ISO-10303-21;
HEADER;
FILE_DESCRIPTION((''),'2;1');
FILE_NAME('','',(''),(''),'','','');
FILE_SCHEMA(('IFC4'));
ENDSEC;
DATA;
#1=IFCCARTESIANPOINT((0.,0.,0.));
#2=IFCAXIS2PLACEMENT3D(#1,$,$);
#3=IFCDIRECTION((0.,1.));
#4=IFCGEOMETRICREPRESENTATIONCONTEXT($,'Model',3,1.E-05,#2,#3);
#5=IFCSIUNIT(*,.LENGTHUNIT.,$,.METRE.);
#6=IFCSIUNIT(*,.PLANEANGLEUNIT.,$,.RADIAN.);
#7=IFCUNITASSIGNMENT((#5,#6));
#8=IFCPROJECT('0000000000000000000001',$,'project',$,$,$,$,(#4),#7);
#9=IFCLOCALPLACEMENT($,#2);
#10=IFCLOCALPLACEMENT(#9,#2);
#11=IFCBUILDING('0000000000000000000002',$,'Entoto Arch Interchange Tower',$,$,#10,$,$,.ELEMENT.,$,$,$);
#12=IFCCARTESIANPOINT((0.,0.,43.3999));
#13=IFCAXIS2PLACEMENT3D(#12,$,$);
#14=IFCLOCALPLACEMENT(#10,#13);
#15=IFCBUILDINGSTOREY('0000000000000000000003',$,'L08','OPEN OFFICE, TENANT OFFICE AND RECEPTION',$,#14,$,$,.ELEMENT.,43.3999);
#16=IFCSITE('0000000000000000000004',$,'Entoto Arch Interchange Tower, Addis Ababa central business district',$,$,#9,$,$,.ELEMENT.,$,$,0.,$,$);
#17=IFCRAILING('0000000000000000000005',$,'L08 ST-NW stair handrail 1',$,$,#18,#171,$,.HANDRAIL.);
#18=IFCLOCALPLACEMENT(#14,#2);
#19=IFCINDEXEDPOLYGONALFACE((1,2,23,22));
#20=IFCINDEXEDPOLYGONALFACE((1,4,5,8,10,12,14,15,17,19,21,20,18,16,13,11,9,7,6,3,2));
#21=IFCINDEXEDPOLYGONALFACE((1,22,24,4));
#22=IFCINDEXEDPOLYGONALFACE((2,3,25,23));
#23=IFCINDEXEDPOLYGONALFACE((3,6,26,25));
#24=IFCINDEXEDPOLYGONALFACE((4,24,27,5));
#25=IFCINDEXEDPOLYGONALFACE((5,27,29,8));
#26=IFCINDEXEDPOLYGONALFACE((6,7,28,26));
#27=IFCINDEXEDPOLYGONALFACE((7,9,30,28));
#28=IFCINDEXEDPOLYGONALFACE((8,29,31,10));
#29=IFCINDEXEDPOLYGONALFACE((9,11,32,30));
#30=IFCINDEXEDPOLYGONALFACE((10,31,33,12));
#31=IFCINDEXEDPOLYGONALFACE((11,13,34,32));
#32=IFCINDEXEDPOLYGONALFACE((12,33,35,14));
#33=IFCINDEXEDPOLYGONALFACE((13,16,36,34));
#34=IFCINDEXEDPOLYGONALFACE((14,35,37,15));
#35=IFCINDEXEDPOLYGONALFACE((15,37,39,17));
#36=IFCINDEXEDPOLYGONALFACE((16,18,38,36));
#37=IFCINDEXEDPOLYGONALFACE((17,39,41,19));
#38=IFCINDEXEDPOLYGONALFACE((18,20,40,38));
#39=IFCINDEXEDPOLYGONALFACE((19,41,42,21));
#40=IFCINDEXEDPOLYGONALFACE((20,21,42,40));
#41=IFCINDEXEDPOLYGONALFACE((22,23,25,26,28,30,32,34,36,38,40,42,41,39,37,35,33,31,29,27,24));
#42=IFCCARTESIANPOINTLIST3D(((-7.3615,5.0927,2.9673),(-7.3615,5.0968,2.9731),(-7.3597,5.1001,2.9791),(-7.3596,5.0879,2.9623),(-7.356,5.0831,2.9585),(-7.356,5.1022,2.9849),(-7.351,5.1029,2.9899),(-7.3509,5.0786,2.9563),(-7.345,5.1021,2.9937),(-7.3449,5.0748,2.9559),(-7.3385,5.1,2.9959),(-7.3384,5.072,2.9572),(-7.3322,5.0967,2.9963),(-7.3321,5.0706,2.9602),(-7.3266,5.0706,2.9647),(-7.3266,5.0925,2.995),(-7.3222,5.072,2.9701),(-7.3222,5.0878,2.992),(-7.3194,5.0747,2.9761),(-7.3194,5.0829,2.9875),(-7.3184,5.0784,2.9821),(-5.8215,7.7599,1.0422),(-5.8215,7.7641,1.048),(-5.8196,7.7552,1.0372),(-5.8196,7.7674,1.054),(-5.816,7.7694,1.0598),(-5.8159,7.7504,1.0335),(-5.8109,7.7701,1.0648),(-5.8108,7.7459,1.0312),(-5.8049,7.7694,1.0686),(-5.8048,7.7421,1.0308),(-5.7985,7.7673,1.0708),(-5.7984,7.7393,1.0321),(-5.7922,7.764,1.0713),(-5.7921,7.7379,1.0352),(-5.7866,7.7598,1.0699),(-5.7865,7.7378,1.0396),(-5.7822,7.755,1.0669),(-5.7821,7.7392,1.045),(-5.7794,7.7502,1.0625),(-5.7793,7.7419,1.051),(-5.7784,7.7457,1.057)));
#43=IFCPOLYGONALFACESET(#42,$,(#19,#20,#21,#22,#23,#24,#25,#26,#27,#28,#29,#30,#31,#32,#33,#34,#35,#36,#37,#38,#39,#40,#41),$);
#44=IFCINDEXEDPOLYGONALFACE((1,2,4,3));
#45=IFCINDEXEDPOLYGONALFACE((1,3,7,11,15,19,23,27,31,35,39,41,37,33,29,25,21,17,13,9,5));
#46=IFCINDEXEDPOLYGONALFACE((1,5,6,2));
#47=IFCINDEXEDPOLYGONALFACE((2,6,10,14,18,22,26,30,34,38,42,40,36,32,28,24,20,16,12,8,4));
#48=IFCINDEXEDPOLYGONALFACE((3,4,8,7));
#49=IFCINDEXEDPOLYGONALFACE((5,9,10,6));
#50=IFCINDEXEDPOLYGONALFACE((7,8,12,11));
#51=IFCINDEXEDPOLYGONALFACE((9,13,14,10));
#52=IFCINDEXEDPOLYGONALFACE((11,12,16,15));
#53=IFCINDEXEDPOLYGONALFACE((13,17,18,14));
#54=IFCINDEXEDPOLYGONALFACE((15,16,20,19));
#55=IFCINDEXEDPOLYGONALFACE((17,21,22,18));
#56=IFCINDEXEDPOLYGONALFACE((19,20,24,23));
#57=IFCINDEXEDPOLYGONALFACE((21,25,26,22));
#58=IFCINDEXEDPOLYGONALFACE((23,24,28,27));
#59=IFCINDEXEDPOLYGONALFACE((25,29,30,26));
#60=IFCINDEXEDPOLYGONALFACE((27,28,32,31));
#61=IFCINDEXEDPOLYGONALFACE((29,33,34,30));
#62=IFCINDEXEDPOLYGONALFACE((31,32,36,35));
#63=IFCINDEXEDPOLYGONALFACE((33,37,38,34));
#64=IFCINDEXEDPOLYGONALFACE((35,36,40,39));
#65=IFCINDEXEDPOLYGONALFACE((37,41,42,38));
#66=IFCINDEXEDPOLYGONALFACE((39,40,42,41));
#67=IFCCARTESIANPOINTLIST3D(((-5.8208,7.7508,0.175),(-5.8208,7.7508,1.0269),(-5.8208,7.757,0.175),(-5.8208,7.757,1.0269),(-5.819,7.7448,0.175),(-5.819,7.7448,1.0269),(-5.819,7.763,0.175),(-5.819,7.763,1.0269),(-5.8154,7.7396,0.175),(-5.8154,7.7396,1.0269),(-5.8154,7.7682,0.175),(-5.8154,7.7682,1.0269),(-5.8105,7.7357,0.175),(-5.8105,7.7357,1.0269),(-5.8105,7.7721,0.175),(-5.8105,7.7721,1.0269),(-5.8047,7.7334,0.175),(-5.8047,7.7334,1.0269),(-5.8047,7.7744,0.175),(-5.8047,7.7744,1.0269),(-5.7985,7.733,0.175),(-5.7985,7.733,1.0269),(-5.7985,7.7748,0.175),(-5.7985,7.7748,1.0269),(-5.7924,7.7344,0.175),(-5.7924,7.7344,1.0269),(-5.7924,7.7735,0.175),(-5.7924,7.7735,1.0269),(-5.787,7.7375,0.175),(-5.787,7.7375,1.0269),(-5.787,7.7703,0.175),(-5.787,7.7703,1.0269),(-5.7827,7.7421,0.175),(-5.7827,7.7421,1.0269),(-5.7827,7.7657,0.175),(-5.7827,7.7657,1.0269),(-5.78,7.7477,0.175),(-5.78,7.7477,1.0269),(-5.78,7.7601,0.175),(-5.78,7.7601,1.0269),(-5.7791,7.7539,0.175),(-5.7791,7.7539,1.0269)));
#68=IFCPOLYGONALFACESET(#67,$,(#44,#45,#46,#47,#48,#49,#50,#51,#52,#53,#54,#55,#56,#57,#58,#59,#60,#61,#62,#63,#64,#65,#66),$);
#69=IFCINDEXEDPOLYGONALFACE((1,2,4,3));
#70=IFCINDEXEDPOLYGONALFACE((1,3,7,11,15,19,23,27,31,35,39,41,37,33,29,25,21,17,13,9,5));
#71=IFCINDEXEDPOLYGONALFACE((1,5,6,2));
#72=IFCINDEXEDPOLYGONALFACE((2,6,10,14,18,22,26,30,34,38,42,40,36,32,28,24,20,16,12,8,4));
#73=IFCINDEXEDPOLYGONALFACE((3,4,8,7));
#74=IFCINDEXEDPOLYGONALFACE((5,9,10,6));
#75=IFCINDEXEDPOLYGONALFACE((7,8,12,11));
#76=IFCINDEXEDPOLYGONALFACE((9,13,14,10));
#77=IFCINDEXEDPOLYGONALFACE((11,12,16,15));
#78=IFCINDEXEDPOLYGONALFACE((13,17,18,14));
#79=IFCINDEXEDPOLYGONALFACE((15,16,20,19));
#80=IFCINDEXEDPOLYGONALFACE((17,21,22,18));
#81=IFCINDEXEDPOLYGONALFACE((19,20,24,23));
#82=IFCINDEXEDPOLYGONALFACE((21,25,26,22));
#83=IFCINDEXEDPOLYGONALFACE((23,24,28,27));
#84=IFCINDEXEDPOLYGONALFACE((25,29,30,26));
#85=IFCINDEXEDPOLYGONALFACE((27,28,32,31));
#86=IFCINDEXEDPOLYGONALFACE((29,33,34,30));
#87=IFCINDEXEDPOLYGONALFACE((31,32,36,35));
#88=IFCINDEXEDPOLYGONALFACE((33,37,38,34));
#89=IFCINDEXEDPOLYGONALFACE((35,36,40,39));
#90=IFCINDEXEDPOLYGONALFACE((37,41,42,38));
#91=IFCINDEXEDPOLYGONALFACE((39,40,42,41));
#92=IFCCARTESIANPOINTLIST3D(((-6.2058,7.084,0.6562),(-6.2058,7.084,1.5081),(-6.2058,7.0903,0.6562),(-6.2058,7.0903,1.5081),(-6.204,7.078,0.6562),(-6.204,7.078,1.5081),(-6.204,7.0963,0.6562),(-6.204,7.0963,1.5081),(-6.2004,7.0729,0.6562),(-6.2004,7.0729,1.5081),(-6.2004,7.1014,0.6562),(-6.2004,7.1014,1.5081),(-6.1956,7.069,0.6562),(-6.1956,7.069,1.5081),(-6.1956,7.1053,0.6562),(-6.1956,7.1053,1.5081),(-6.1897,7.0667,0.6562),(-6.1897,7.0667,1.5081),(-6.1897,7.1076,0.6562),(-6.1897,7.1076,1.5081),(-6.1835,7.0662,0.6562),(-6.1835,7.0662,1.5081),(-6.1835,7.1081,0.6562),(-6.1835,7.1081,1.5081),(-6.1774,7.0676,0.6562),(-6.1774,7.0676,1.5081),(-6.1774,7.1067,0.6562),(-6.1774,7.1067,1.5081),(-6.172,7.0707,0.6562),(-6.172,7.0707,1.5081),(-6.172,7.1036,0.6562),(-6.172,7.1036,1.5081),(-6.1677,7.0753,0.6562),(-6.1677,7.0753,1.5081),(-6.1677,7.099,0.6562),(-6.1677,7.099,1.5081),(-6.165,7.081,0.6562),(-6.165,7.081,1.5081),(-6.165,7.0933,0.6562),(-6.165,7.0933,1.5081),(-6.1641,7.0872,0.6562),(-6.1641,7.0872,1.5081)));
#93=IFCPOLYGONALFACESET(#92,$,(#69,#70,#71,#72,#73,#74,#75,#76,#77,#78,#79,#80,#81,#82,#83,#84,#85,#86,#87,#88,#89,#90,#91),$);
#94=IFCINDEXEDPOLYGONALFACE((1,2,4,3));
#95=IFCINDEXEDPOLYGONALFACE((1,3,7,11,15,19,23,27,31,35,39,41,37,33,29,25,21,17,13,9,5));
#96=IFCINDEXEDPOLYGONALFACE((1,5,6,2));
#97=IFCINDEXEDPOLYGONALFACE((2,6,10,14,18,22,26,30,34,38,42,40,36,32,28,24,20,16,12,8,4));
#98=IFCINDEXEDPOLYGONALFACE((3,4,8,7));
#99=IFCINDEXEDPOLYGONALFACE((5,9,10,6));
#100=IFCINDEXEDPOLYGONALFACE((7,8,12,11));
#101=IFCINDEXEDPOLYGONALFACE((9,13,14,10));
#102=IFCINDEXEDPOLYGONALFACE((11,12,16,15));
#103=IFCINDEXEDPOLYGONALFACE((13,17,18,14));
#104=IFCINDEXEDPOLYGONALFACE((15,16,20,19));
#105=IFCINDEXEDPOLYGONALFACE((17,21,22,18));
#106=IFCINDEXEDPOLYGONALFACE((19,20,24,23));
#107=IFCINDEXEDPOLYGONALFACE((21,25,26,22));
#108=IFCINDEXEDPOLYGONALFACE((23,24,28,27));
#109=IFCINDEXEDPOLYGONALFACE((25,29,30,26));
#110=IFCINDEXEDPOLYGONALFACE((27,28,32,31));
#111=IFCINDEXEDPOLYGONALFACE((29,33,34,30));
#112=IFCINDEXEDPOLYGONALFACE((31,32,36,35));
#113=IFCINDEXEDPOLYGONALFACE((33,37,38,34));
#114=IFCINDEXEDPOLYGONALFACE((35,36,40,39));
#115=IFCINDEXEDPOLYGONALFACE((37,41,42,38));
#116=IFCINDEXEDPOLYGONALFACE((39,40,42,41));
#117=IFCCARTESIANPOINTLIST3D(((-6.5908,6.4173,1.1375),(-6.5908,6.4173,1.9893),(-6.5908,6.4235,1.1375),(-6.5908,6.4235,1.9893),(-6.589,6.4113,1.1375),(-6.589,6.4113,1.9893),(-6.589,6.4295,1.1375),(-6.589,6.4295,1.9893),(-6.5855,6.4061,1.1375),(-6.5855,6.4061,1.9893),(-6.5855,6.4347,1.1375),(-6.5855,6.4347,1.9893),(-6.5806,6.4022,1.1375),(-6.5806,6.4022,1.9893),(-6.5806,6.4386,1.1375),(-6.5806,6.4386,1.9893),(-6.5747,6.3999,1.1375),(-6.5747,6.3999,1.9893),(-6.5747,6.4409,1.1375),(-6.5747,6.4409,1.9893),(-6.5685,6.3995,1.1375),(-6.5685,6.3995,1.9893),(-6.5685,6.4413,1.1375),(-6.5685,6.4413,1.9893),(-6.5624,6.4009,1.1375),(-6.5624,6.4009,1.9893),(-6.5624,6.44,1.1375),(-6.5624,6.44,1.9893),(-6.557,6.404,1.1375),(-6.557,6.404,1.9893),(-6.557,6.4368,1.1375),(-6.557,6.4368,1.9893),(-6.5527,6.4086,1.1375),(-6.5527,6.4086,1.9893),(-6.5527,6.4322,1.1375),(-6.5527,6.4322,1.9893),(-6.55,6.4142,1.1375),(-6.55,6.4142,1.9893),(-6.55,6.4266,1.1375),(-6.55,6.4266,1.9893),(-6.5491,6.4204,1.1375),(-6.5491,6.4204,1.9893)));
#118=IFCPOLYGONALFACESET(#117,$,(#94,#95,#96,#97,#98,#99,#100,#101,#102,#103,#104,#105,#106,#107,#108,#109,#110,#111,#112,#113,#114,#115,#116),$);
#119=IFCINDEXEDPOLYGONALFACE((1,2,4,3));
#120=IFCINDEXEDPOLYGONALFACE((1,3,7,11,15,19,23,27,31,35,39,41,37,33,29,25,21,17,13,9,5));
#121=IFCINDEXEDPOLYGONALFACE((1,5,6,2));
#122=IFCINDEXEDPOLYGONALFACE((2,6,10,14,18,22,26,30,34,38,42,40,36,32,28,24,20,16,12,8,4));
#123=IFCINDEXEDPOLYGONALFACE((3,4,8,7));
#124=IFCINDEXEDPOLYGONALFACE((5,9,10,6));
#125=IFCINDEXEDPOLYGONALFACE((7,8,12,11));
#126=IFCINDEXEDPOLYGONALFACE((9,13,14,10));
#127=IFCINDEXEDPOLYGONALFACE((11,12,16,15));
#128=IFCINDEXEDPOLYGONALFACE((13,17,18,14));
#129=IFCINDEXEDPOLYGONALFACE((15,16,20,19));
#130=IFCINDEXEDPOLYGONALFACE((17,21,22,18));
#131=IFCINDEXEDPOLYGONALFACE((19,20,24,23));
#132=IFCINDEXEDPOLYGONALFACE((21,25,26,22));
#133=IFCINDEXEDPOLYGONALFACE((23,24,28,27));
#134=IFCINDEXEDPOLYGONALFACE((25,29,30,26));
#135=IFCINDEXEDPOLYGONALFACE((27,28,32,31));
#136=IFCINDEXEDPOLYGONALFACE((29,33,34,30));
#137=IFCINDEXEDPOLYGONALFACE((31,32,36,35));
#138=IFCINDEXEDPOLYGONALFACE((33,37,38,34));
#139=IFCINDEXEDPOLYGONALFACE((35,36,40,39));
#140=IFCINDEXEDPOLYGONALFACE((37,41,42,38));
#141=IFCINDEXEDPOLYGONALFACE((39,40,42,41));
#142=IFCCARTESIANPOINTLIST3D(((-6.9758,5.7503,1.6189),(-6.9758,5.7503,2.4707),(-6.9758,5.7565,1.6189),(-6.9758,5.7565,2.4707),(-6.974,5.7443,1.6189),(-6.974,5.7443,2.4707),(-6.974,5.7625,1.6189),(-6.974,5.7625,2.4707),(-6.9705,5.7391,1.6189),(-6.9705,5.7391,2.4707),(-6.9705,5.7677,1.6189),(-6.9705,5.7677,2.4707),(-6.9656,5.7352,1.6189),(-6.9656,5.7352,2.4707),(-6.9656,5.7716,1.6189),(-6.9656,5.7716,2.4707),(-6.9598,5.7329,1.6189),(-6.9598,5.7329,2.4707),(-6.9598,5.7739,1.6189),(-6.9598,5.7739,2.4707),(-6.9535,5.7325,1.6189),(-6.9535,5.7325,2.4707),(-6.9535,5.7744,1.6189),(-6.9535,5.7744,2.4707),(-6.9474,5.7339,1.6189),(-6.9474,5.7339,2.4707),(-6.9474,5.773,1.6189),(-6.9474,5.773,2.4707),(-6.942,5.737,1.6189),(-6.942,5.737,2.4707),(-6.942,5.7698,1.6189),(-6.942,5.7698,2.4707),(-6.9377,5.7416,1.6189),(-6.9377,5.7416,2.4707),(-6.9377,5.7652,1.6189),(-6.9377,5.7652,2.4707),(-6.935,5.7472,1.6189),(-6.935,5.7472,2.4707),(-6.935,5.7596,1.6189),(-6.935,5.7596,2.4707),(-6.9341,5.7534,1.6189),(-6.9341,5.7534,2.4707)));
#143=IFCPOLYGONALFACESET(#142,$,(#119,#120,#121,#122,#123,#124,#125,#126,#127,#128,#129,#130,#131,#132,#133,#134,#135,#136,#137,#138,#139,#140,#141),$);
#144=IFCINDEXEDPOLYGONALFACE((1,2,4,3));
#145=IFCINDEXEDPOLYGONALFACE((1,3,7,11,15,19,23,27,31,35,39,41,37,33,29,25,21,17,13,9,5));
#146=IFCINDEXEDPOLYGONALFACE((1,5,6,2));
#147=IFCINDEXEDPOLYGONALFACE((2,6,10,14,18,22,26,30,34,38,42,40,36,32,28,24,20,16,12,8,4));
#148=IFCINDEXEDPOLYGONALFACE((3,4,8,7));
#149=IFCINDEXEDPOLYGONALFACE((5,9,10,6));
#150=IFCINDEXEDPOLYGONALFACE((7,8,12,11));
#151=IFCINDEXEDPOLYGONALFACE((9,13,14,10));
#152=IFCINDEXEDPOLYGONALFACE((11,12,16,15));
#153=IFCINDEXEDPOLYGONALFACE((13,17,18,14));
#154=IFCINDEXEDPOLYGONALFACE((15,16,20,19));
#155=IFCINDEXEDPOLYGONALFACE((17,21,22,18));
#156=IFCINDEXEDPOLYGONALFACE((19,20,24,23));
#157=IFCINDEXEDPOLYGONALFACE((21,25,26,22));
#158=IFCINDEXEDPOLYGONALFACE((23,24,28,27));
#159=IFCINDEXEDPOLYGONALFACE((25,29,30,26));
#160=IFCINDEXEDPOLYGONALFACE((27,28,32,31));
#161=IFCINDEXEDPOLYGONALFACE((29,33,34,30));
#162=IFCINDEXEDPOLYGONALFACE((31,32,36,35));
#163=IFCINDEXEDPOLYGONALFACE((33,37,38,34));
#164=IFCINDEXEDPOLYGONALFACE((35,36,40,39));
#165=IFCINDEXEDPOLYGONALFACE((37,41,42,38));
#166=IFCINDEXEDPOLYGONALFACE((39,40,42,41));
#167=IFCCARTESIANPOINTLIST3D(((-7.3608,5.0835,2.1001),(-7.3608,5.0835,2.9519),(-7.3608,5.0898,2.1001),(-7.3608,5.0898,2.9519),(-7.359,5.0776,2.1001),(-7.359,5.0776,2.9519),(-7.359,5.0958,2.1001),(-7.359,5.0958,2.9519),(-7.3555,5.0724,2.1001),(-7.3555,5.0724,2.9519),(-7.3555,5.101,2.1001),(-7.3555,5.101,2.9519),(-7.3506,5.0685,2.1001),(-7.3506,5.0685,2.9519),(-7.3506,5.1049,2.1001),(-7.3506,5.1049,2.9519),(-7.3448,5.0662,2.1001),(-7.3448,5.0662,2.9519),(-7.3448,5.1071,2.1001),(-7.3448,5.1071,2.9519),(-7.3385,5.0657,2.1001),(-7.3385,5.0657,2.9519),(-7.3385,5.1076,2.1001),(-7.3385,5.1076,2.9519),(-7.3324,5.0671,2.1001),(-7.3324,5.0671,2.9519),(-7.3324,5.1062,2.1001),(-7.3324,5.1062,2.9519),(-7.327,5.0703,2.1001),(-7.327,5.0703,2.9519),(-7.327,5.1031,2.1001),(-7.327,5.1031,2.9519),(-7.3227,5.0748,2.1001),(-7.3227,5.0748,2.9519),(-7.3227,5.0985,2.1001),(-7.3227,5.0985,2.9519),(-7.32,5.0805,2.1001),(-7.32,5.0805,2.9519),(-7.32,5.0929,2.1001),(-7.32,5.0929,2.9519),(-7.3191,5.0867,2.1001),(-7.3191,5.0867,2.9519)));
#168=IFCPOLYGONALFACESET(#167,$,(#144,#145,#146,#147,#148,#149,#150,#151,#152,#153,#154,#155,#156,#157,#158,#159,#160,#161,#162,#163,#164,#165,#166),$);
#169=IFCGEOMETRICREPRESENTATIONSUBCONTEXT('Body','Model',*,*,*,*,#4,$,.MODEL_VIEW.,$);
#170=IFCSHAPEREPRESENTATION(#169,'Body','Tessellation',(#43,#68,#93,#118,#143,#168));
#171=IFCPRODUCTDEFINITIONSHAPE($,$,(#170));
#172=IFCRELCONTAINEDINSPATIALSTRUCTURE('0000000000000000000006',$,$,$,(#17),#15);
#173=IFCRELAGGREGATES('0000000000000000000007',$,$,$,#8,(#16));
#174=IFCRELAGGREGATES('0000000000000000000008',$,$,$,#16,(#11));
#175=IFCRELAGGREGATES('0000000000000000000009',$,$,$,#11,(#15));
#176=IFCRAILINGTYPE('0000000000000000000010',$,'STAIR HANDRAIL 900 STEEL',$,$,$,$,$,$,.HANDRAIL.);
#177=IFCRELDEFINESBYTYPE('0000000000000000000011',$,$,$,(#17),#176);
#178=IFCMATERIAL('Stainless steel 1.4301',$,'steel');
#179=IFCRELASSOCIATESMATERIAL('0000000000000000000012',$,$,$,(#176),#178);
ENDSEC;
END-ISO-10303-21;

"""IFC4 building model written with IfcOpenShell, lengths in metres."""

from ifc_helpers import new_model, si_unit, direction, frame, origin, origin_2d, place, context, subcontext, project, spatial, circle, extrude, material, type_object, element, save


model = new_model("IFC4")

# Units and contexts
model_context = context("Model", 3, precision=1e-05, world=origin(), true_north=direction((0.0, 1.0)))
body_context = subcontext(model_context, "Body", "Model", "MODEL_VIEW")
ifc_project = project(units=[si_unit("LENGTHUNIT", "METRE"), si_unit("PLANEANGLEUNIT", "RADIAN")], contexts=[model_context])

# Site, building, storey
site_placement = place(None, origin())
site = spatial("IfcSite", under=ifc_project, at=site_placement, Name="Entoto Arch Interchange Tower, Addis Ababa central business district", CompositionType="ELEMENT", RefElevation=0.0)
building_placement = place(site_placement, origin())
building = spatial("IfcBuilding", under=site, at=building_placement, Name="Entoto Arch Interchange Tower", CompositionType="ELEMENT")
storey_placement = place(building_placement, frame((0.0, 0.0, 43.3999)))
storey = spatial("IfcBuildingStorey", under=building, at=storey_placement, Name="L08", Description="OPEN OFFICE, TENANT OFFICE AND RECEPTION", CompositionType="ELEMENT", Elevation=43.3999)

# Railing
ifc_material_1 = material(Name="Stainless steel 1.4301", Category="steel")
railing_type_1 = type_object("IfcRailingType", Name="STAIR HANDRAIL 900 STEEL", PredefinedType="HANDRAIL", material=ifc_material_1)
railing_1_placement = place(storey_placement, frame((-5.8, 7.7539, 0.175)))
element("IfcRailing", 1, at=railing_1_placement, inside=storey, type_object=railing_type_1, Name="L08 ST-NW stair handrail 1", PredefinedType="HANDRAIL", context=body_context, shape_type="SweptSolid", body=[
    extrude(circle(Radius=0.0239, at=origin_2d()), frame((0.0, 0.0, 0.876), z_axis=(-0.424015, -0.734364, 0.530019), x_axis=(0.86601, -0.500027, 0.0)), (0.0, 0.0, 1.0), 3.6321),
    extrude(circle(Radius=0.021, at=origin_2d()), origin(), (0.0, 0.0, 1.0), 0.8518),
    extrude(circle(Radius=0.021, at=origin_2d()), frame((-0.385, -0.6667, 0.4812)), (0.0, 0.0, 1.0), 0.8518),
    extrude(circle(Radius=0.021, at=origin_2d()), frame((-0.77, -1.3335, 0.9624)), (0.0, 0.0, 1.0), 0.8518),
    extrude(circle(Radius=0.021, at=origin_2d()), frame((-1.155, -2.0005, 1.4438)), (0.0, 0.0, 1.0), 0.8518),
    extrude(circle(Radius=0.021, at=origin_2d()), frame((-1.54, -2.6672, 1.925)), (0.0, 0.0, 1.0), 0.8518),
])

save(model, "model.ifc")
